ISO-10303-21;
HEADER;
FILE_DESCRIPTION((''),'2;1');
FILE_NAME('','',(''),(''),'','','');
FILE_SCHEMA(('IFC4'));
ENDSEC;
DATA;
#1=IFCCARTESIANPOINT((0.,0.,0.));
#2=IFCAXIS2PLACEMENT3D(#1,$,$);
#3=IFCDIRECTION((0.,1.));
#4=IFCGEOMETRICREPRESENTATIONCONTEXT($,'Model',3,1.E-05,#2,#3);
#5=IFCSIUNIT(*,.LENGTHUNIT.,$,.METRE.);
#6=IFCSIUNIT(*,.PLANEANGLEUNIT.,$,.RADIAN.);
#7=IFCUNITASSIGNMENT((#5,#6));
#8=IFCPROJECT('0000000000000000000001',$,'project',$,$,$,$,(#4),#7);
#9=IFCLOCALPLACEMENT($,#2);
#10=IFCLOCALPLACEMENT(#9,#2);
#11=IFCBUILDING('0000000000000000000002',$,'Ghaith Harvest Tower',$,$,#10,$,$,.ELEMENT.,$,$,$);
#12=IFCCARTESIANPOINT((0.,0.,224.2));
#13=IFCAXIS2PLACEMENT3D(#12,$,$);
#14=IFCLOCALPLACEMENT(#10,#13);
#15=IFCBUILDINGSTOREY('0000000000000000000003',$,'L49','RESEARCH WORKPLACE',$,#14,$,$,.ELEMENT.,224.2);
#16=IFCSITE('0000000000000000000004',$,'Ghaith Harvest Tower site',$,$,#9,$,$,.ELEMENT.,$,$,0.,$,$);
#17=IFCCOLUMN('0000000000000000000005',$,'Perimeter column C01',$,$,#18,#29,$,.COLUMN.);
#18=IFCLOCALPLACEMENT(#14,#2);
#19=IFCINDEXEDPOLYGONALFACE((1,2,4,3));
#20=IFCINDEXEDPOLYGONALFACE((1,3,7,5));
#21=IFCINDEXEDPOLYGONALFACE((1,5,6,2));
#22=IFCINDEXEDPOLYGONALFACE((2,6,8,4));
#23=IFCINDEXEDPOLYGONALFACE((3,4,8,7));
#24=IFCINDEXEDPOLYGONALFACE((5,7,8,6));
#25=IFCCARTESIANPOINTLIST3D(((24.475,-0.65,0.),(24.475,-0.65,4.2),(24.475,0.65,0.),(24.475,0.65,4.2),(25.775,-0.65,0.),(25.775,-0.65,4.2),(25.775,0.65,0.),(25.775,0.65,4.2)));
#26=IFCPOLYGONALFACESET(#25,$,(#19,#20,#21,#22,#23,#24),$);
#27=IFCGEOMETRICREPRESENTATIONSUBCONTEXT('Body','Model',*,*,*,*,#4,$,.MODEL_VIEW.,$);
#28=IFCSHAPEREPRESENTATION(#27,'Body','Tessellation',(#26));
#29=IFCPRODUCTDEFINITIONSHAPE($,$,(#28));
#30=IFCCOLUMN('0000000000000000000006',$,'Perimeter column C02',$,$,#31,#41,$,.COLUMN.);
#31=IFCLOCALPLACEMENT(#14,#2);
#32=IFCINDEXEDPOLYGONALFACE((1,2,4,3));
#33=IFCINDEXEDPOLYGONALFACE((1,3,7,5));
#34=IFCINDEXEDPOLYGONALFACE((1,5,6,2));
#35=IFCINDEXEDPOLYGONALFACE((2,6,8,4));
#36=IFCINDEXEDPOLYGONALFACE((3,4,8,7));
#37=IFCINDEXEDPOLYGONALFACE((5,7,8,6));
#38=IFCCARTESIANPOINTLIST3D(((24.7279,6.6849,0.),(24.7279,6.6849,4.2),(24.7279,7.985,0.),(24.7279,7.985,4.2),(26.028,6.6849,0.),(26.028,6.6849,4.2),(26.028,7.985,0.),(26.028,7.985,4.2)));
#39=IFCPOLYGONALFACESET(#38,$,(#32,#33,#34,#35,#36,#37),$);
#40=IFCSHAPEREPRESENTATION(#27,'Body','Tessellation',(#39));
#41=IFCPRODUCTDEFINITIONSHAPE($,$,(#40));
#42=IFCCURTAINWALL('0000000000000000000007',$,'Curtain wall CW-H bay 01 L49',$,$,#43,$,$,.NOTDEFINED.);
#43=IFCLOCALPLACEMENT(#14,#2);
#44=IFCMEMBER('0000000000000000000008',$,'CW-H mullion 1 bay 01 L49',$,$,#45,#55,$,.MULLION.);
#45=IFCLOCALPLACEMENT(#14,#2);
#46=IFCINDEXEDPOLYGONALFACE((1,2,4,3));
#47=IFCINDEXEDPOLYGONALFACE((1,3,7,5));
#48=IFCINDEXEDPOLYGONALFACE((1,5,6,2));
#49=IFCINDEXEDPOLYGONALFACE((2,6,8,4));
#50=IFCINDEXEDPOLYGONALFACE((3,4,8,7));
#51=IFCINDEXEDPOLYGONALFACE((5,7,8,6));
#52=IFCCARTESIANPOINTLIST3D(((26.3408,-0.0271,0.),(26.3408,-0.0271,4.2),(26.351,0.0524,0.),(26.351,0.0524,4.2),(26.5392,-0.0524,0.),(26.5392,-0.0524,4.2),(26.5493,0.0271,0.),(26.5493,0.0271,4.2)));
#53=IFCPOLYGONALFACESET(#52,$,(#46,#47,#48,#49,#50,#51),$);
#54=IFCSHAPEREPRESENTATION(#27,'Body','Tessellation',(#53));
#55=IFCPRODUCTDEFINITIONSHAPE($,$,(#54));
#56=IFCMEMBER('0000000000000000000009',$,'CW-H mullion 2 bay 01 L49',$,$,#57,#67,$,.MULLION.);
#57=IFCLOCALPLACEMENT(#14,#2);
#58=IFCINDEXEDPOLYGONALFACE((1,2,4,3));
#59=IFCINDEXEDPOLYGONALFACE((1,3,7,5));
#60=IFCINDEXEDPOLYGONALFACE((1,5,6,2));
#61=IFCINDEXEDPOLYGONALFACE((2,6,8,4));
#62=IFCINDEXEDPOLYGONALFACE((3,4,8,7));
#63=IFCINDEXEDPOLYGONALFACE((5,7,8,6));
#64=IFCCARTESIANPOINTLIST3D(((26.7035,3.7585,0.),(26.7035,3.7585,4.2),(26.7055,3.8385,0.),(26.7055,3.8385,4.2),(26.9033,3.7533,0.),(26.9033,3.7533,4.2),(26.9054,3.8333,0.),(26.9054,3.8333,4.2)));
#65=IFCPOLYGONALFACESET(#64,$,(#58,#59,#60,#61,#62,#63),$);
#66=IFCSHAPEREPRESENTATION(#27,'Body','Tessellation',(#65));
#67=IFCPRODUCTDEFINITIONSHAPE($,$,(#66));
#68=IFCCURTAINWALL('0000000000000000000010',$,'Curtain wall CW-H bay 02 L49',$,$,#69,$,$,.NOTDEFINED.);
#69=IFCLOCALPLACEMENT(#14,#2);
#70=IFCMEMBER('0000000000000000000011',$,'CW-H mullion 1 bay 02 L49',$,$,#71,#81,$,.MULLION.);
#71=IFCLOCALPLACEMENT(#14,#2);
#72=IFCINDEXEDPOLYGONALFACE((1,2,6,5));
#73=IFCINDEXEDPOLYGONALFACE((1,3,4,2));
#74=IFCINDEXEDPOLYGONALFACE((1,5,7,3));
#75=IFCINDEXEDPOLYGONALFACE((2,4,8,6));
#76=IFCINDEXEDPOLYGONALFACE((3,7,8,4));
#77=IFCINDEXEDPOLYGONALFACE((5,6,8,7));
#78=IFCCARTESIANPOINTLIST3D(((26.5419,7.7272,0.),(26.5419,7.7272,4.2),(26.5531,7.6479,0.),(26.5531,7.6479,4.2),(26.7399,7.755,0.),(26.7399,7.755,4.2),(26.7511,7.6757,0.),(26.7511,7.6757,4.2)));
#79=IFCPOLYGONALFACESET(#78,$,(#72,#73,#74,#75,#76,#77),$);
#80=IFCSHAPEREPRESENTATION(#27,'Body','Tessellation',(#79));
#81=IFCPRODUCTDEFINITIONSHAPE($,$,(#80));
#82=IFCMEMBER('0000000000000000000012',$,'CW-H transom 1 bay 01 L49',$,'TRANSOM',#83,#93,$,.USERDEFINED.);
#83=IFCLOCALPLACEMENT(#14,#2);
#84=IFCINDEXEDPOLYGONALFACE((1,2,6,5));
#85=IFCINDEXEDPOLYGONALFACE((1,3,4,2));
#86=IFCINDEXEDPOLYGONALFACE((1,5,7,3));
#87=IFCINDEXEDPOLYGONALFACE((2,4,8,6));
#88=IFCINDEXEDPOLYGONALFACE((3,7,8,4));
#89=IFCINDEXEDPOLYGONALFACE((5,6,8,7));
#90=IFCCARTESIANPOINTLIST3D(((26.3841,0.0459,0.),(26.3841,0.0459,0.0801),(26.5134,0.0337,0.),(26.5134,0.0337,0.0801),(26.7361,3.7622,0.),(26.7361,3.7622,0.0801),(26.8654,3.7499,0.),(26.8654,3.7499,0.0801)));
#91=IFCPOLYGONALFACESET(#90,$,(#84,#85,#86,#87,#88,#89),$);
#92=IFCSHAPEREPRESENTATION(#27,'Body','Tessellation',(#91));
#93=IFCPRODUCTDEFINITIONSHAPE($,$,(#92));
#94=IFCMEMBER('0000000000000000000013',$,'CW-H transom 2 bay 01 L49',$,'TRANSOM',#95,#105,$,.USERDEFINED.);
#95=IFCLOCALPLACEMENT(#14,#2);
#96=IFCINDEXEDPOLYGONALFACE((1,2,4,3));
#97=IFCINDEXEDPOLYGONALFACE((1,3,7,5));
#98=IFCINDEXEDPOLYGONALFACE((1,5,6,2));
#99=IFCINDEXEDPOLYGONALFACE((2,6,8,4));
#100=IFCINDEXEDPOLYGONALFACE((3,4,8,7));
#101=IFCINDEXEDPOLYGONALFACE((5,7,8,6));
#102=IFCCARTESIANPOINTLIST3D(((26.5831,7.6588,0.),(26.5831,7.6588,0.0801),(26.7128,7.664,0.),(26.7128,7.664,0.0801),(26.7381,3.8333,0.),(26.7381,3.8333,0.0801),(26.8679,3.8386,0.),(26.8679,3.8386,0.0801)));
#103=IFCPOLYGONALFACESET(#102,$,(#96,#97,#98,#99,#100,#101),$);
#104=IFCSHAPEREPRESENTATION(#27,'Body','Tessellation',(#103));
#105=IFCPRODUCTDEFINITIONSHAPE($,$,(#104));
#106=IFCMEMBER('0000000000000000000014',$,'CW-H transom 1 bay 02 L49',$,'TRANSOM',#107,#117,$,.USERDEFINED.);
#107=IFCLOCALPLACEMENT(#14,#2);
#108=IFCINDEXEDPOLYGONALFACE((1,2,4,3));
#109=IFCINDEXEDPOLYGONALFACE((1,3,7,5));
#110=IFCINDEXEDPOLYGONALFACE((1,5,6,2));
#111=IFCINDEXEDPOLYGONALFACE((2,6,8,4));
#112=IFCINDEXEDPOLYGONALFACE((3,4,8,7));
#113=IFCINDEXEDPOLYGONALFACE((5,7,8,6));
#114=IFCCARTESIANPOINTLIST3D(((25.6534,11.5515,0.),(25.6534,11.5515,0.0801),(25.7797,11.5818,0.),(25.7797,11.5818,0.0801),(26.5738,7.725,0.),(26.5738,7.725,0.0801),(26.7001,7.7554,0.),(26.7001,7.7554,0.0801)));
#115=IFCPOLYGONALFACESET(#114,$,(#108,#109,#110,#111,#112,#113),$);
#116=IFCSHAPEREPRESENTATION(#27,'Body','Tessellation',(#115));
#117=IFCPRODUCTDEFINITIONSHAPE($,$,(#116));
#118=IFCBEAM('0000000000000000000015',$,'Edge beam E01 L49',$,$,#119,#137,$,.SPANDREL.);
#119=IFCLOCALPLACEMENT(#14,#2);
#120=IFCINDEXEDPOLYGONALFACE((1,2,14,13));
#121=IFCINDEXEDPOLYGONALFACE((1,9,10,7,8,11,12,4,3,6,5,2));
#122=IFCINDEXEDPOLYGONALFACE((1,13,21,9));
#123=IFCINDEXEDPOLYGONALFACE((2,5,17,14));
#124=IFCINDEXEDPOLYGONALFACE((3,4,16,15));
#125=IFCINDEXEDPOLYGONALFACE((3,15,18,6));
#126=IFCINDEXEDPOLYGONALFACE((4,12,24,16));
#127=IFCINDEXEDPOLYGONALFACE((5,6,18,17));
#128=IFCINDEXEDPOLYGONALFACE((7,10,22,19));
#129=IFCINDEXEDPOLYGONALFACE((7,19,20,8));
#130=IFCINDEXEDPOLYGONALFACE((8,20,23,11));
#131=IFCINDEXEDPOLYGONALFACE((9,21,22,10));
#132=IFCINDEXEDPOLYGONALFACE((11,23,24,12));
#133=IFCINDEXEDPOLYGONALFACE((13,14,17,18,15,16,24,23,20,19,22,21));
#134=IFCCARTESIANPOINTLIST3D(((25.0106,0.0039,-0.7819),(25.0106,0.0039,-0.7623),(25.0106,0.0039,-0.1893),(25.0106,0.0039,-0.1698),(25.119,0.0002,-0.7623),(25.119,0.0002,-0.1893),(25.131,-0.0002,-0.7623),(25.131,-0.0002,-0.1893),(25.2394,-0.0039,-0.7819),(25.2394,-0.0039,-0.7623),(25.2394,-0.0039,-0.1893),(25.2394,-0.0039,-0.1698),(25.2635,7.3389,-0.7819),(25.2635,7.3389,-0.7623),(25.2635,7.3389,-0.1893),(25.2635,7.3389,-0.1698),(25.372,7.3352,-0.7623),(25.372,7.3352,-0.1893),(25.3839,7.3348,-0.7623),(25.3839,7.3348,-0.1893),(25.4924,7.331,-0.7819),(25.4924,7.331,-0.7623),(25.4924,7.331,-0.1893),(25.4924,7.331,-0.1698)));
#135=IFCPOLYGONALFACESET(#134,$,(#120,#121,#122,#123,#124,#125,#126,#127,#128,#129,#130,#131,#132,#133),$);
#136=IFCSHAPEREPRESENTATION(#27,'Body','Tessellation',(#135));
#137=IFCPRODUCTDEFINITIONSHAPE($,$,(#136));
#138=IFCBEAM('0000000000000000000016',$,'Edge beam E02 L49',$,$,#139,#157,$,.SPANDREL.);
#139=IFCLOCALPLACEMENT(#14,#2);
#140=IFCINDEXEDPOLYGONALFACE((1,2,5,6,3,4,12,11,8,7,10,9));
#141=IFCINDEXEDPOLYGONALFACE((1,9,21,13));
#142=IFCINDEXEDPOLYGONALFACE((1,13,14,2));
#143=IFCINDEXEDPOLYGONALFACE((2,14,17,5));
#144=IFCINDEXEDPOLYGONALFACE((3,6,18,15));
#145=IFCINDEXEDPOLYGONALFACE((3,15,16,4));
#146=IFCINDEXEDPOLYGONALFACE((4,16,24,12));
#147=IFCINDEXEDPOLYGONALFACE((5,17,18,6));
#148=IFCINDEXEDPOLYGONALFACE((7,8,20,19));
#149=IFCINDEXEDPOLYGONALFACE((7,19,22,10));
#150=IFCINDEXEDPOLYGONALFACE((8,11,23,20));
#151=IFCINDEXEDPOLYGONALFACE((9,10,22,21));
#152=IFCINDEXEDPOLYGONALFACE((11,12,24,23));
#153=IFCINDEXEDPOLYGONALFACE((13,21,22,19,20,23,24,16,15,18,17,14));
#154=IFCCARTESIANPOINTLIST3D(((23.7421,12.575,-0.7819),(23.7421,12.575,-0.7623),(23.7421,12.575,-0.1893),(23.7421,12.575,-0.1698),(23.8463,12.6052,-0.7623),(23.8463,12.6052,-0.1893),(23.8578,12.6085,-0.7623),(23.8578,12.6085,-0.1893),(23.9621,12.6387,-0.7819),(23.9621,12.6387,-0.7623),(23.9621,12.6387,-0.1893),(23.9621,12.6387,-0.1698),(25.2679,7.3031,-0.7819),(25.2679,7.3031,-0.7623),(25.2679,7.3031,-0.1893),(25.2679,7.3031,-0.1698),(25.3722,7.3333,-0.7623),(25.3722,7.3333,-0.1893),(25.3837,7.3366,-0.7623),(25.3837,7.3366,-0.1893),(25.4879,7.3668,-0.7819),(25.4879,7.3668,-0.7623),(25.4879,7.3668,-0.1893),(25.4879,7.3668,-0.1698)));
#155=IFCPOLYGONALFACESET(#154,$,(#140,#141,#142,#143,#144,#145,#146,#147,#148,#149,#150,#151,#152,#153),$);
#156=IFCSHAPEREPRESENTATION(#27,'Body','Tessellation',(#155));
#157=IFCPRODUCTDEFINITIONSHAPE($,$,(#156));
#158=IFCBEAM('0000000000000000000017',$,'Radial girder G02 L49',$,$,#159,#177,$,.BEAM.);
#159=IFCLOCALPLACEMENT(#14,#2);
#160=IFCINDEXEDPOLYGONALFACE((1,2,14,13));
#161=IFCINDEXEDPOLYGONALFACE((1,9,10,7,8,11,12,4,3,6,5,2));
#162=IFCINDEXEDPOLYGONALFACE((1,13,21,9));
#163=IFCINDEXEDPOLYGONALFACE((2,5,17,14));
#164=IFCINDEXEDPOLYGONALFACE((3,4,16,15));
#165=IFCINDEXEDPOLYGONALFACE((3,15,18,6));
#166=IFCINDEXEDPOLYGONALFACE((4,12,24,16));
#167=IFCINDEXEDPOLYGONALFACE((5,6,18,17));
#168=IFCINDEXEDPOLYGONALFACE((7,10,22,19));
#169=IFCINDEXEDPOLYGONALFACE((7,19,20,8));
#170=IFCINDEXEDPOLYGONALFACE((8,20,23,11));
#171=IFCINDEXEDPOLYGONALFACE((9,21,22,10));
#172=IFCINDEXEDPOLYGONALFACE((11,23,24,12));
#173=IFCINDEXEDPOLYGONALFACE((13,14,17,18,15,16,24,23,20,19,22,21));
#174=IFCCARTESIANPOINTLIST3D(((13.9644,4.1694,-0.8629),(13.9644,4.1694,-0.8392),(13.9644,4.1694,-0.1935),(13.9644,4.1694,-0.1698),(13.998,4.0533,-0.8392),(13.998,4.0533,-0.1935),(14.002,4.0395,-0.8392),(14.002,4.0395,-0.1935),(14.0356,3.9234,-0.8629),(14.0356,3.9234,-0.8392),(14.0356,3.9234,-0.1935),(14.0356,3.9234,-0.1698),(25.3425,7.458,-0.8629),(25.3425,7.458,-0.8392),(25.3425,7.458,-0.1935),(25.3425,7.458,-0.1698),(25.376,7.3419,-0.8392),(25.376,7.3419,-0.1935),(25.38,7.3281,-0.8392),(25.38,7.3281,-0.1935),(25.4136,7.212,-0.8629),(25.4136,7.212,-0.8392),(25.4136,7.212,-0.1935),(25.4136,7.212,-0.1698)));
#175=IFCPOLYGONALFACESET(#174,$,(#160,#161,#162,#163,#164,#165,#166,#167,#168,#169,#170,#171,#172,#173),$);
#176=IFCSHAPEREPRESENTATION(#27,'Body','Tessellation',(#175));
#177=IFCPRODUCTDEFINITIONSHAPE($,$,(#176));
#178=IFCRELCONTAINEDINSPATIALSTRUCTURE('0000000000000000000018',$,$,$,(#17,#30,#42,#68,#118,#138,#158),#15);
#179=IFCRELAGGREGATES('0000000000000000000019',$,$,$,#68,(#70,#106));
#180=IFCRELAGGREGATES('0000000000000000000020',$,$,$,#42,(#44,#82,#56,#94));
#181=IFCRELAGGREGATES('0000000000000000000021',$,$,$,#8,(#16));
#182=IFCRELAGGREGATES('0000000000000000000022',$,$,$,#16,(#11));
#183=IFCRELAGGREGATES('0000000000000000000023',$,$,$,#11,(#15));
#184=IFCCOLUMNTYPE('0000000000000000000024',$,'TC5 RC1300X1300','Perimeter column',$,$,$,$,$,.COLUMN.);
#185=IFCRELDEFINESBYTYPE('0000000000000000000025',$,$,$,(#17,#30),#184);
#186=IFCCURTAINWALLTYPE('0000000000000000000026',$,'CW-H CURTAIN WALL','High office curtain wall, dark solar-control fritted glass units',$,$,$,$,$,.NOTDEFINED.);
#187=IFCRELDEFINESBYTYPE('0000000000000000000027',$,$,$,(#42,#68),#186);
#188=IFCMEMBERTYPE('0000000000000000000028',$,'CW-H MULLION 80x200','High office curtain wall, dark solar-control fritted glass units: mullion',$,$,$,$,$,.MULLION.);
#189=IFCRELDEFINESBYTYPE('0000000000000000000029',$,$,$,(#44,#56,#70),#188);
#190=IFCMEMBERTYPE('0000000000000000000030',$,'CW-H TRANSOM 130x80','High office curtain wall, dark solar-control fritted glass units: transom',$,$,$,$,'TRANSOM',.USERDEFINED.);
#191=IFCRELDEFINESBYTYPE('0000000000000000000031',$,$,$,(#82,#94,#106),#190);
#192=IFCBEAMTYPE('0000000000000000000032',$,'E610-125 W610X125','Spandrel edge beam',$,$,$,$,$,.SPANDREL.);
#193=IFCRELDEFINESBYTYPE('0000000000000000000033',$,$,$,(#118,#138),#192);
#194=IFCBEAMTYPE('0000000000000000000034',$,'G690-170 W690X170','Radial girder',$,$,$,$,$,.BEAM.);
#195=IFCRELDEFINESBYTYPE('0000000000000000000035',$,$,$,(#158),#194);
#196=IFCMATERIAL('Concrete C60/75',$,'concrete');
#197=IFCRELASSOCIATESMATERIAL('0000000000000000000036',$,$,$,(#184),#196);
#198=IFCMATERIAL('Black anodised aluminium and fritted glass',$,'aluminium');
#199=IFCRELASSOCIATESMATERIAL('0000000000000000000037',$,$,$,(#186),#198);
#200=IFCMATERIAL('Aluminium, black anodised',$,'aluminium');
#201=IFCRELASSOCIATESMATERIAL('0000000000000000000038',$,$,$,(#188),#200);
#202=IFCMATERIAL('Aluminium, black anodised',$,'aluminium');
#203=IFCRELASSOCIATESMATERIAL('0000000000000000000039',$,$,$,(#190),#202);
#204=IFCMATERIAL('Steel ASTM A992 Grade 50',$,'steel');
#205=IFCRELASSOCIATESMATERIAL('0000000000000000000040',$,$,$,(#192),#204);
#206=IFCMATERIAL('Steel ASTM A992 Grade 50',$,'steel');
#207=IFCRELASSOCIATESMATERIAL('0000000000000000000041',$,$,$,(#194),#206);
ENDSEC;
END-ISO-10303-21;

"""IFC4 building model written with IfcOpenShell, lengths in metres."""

from ifc_helpers import new_model, si_unit, direction, frame, origin, origin_2d, place, context, subcontext, project, spatial, rectangle, i_section, extrude, material, material_profile, profile_set, type_object, element, aggregate, save


model = new_model("IFC4")

# Units and contexts
model_context = context("Model", 3, precision=1e-05, world=origin(), true_north=direction((0.0, 1.0)))
body_context = subcontext(model_context, "Body", "Model", "MODEL_VIEW")
ifc_project = project(units=[si_unit("LENGTHUNIT", "METRE"), si_unit("PLANEANGLEUNIT", "RADIAN")], contexts=[model_context])

# Site, building, storey
site_placement = place(None, origin())
site = spatial("IfcSite", under=ifc_project, at=site_placement, Name="Ghaith Harvest Tower site", CompositionType="ELEMENT", RefElevation=0.0)
building_placement = place(site_placement, origin())
building = spatial("IfcBuilding", under=site, at=building_placement, Name="Ghaith Harvest Tower", CompositionType="ELEMENT")
storey_placement = place(building_placement, frame((0.0, 0.0, 224.2)))
storey = spatial("IfcBuildingStorey", under=building, at=storey_placement, Name="L49", Description="RESEARCH WORKPLACE", CompositionType="ELEMENT", Elevation=224.2)

# Columns
ifc_material_1 = material(Name="Concrete C60/75", Category="concrete")
ifc_material_profile_1 = material_profile(ifc_material_1, rectangle(XDim=1.3, YDim=1.3, at=origin_2d()), Name="RC1300X1300")
ifc_profile_set_1 = profile_set([ifc_material_profile_1], Name="Concrete C60/75")
column_type = type_object("IfcColumnType", Name="TC5 RC1300X1300", Description="Perimeter column", PredefinedType="COLUMN", material=ifc_profile_set_1)
for number, where, z_axis, x_axis, name in (
    (1, (25.125, 0.0, 0.0), (0.0, 0.0, 1.0), (1.0, 0.0, 0.0), "Perimeter column C01"),
    (2, (25.3779, 7.335, 0.0), (0.0, 0.0, 1.0), (1.0, 0.0, 0.0), "Perimeter column C02"),
):
    element("IfcColumn", number, at=place(storey_placement, frame(where, z_axis=z_axis, x_axis=x_axis)), inside=storey, type_object=column_type, Name=name, PredefinedType="COLUMN", context=body_context, shape_type="SweptSolid", body=[
        extrude(rectangle(XDim=1.3, YDim=1.3, at=origin_2d()), origin(), (0.0, 0.0, 1.0), 4.2),
    ])

# Curtain wall, members
ifc_material_2 = material(Name="Black anodised aluminium and fritted glass", Category="aluminium")
curtain_wall_type = type_object("IfcCurtainWallType", Name="CW-H CURTAIN WALL", Description="High office curtain wall, dark solar-control fritted glass units", PredefinedType="NOTDEFINED", material=ifc_material_2)
curtain_wall_1_placement = place(storey_placement, origin())
curtain_wall_1 = element("IfcCurtainWall", 3, at=curtain_wall_1_placement, inside=storey, type_object=curtain_wall_type, Name="Curtain wall CW-H bay 01 L49", PredefinedType="NOTDEFINED")
ifc_material_3 = material(Name="Aluminium, black anodised", Category="aluminium")
ifc_material_profile_2 = material_profile(ifc_material_3, rectangle(XDim=0.0801, YDim=0.2, at=origin_2d()), Name="CW-H MULLION 80x200")
ifc_profile_set_2 = profile_set([ifc_material_profile_2], Name="Aluminium, black anodised")
member_type_1 = type_object("IfcMemberType", Name="CW-H MULLION 80x200", Description="High office curtain wall, dark solar-control fritted glass units: mullion", PredefinedType="MULLION", material=ifc_profile_set_2)
member_1_placement = place(storey_placement, frame((26.4451, 0.0, 0.0), z_axis=(0.0, 0.0, 1.0), x_axis=(0.126568, 0.991958, 0.0)))
member_1 = element("IfcMember", 4, at=member_1_placement, type_object=member_type_1, Name="CW-H mullion 1 bay 01 L49", PredefinedType="MULLION", context=body_context, shape_type="SweptSolid", body=[
    extrude(rectangle(XDim=0.0801, YDim=0.2, at=origin_2d()), origin(), (0.0, 0.0, 1.0), 4.2),
])
member_2_placement = place(storey_placement, frame((26.8044, 3.7959, 0.0), z_axis=(0.0, 0.0, 1.0), x_axis=(0.026143, 0.999658, 0.0)))
member_2 = element("IfcMember", 5, at=member_2_placement, type_object=member_type_1, Name="CW-H mullion 2 bay 01 L49", PredefinedType="MULLION", context=body_context, shape_type="SweptSolid", body=[
    extrude(rectangle(XDim=0.0801, YDim=0.2, at=origin_2d()), origin(), (0.0, 0.0, 1.0), 4.2),
])

# Curtain wall, member
curtain_wall_2_placement = place(storey_placement, origin())
curtain_wall_2 = element("IfcCurtainWall", 6, at=curtain_wall_2_placement, inside=storey, type_object=curtain_wall_type, Name="Curtain wall CW-H bay 02 L49", PredefinedType="NOTDEFINED")
member_3_placement = place(storey_placement, frame((26.6465, 7.7014, 0.0), z_axis=(0.0, 0.0, 1.0), x_axis=(-0.139146, 0.990272, 0.0)))
member_3 = element("IfcMember", 7, at=member_3_placement, type_object=member_type_1, Name="CW-H mullion 1 bay 02 L49", PredefinedType="MULLION", context=body_context, shape_type="SweptSolid", body=[
    extrude(rectangle(XDim=0.0801, YDim=0.2, at=origin_2d()), origin(), (0.0, 0.0, 1.0), 4.2),
])

# Members
ifc_material_4 = material(Name="Aluminium, black anodised", Category="aluminium")
ifc_material_profile_3 = material_profile(ifc_material_4, rectangle(XDim=0.1299, YDim=0.0801, at=origin_2d()), Name="CW-H TRANSOM 130x80")
ifc_profile_set_3 = profile_set([ifc_material_profile_3], Name="Aluminium, black anodised")
member_type_2 = type_object("IfcMemberType", Name="CW-H TRANSOM 130x80", Description="High office curtain wall, dark solar-control fritted glass units: transom", ElementType="TRANSOM", PredefinedType="USERDEFINED", material=ifc_profile_set_3)
member_4_placement = place(storey_placement, frame((26.4487, 0.0398, 0.04), z_axis=(0.094309, 0.995543, 0.0), x_axis=(-0.995543, 0.094309, 0.0)))
member_4 = element("IfcMember", 8, at=member_4_placement, type_object=member_type_2, Name="CW-H transom 1 bay 01 L49", ObjectType="TRANSOM", PredefinedType="USERDEFINED", context=body_context, shape_type="SweptSolid", body=[
    extrude(rectangle(XDim=0.1299, YDim=0.0801, at=origin_2d()), origin(), (0.0, 0.0, 1.0), 3.7329),
])
member_5_placement = place(storey_placement, frame((26.803, 3.8359, 0.04), z_axis=(-0.040493, 0.99918, 0.0), x_axis=(-0.99918, -0.040493, 0.0)))
member_5 = element("IfcMember", 9, at=member_5_placement, type_object=member_type_2, Name="CW-H transom 2 bay 01 L49", ObjectType="TRANSOM", PredefinedType="USERDEFINED", context=body_context, shape_type="SweptSolid", body=[
    extrude(rectangle(XDim=0.1299, YDim=0.0801, at=origin_2d()), origin(), (0.0, 0.0, 1.0), 3.8286),
])
member_6_placement = place(storey_placement, frame((26.637, 7.7402, 0.04), z_axis=(-0.23387, 0.972268, 0.0), x_axis=(-0.972268, -0.23387, 0.0)))
member_6 = element("IfcMember", 10, at=member_6_placement, type_object=member_type_2, Name="CW-H transom 1 bay 02 L49", ObjectType="TRANSOM", PredefinedType="USERDEFINED", context=body_context, shape_type="SweptSolid", body=[
    extrude(rectangle(XDim=0.1299, YDim=0.0801, at=origin_2d()), origin(), (0.0, 0.0, 1.0), 3.9355),
])
aggregate(curtain_wall_2, [member_3, member_6])

# Beams
ifc_material_5 = material(Name="Steel ASTM A992 Grade 50", Category="steel")
ifc_material_profile_4 = material_profile(ifc_material_5, i_section(OverallWidth=0.229, OverallDepth=0.6121, WebThickness=0.012, FlangeThickness=0.0195, at=origin_2d()), Name="W610X125")
ifc_profile_set_4 = profile_set([ifc_material_profile_4], Name="Steel ASTM A992 Grade 50")
beam_type_1 = type_object("IfcBeamType", Name="E610-125 W610X125", Description="Spandrel edge beam", PredefinedType="SPANDREL", material=ifc_profile_set_4)
beam_1_placement = place(storey_placement, frame((25.125, 0.0, -0.4758), z_axis=(0.034462, 0.999406, 0.0), x_axis=(-0.999406, 0.034462, 0.0)))
element("IfcBeam", 11, at=beam_1_placement, inside=storey, type_object=beam_type_1, Name="Edge beam E01 L49", PredefinedType="SPANDREL", context=body_context, shape_type="SweptSolid", body=[
    extrude(i_section(OverallWidth=0.229, OverallDepth=0.6121, WebThickness=0.012, FlangeThickness=0.0195, at=origin_2d()), origin(), (0.0, 0.0, 1.0), 7.3394),
])
beam_2_placement = place(storey_placement, frame((25.3779, 7.335, -0.4758), z_axis=(-0.278021, 0.960575, 0.0), x_axis=(-0.960575, -0.278021, 0.0)))
element("IfcBeam", 12, at=beam_2_placement, inside=storey, type_object=beam_type_1, Name="Edge beam E02 L49", PredefinedType="SPANDREL", context=body_context, shape_type="SweptSolid", body=[
    extrude(i_section(OverallWidth=0.229, OverallDepth=0.6121, WebThickness=0.012, FlangeThickness=0.0195, at=origin_2d()), origin(), (0.0, 0.0, 1.0), 5.4883),
])
ifc_material_6 = material(Name="Steel ASTM A992 Grade 50", Category="steel")
ifc_material_profile_5 = material_profile(ifc_material_6, i_section(OverallWidth=0.2561, OverallDepth=0.6931, WebThickness=0.0144, FlangeThickness=0.0237, at=origin_2d()), Name="W690X170")
ifc_profile_set_5 = profile_set([ifc_material_profile_5], Name="Steel ASTM A992 Grade 50")
beam_type_2 = type_object("IfcBeamType", Name="G690-170 W690X170", Description="Radial girder", PredefinedType="BEAM", material=ifc_profile_set_5)
beam_3_placement = place(storey_placement, frame((14.0, 4.0464, -0.5164), z_axis=(0.960678, 0.277666, 0.0), x_axis=(-0.277666, 0.960678, 0.0)))
element("IfcBeam", 13, at=beam_3_placement, inside=storey, type_object=beam_type_2, Name="Radial girder G02 L49", PredefinedType="BEAM", context=body_context, shape_type="SweptSolid", body=[
    extrude(i_section(OverallWidth=0.2561, OverallDepth=0.6931, WebThickness=0.0144, FlangeThickness=0.0237, at=origin_2d()), origin(), (0.0, 0.0, 1.0), 11.8438),
])

aggregate(curtain_wall_1, [member_1, member_4, member_2, member_5])

save(model, "model.ifc")
